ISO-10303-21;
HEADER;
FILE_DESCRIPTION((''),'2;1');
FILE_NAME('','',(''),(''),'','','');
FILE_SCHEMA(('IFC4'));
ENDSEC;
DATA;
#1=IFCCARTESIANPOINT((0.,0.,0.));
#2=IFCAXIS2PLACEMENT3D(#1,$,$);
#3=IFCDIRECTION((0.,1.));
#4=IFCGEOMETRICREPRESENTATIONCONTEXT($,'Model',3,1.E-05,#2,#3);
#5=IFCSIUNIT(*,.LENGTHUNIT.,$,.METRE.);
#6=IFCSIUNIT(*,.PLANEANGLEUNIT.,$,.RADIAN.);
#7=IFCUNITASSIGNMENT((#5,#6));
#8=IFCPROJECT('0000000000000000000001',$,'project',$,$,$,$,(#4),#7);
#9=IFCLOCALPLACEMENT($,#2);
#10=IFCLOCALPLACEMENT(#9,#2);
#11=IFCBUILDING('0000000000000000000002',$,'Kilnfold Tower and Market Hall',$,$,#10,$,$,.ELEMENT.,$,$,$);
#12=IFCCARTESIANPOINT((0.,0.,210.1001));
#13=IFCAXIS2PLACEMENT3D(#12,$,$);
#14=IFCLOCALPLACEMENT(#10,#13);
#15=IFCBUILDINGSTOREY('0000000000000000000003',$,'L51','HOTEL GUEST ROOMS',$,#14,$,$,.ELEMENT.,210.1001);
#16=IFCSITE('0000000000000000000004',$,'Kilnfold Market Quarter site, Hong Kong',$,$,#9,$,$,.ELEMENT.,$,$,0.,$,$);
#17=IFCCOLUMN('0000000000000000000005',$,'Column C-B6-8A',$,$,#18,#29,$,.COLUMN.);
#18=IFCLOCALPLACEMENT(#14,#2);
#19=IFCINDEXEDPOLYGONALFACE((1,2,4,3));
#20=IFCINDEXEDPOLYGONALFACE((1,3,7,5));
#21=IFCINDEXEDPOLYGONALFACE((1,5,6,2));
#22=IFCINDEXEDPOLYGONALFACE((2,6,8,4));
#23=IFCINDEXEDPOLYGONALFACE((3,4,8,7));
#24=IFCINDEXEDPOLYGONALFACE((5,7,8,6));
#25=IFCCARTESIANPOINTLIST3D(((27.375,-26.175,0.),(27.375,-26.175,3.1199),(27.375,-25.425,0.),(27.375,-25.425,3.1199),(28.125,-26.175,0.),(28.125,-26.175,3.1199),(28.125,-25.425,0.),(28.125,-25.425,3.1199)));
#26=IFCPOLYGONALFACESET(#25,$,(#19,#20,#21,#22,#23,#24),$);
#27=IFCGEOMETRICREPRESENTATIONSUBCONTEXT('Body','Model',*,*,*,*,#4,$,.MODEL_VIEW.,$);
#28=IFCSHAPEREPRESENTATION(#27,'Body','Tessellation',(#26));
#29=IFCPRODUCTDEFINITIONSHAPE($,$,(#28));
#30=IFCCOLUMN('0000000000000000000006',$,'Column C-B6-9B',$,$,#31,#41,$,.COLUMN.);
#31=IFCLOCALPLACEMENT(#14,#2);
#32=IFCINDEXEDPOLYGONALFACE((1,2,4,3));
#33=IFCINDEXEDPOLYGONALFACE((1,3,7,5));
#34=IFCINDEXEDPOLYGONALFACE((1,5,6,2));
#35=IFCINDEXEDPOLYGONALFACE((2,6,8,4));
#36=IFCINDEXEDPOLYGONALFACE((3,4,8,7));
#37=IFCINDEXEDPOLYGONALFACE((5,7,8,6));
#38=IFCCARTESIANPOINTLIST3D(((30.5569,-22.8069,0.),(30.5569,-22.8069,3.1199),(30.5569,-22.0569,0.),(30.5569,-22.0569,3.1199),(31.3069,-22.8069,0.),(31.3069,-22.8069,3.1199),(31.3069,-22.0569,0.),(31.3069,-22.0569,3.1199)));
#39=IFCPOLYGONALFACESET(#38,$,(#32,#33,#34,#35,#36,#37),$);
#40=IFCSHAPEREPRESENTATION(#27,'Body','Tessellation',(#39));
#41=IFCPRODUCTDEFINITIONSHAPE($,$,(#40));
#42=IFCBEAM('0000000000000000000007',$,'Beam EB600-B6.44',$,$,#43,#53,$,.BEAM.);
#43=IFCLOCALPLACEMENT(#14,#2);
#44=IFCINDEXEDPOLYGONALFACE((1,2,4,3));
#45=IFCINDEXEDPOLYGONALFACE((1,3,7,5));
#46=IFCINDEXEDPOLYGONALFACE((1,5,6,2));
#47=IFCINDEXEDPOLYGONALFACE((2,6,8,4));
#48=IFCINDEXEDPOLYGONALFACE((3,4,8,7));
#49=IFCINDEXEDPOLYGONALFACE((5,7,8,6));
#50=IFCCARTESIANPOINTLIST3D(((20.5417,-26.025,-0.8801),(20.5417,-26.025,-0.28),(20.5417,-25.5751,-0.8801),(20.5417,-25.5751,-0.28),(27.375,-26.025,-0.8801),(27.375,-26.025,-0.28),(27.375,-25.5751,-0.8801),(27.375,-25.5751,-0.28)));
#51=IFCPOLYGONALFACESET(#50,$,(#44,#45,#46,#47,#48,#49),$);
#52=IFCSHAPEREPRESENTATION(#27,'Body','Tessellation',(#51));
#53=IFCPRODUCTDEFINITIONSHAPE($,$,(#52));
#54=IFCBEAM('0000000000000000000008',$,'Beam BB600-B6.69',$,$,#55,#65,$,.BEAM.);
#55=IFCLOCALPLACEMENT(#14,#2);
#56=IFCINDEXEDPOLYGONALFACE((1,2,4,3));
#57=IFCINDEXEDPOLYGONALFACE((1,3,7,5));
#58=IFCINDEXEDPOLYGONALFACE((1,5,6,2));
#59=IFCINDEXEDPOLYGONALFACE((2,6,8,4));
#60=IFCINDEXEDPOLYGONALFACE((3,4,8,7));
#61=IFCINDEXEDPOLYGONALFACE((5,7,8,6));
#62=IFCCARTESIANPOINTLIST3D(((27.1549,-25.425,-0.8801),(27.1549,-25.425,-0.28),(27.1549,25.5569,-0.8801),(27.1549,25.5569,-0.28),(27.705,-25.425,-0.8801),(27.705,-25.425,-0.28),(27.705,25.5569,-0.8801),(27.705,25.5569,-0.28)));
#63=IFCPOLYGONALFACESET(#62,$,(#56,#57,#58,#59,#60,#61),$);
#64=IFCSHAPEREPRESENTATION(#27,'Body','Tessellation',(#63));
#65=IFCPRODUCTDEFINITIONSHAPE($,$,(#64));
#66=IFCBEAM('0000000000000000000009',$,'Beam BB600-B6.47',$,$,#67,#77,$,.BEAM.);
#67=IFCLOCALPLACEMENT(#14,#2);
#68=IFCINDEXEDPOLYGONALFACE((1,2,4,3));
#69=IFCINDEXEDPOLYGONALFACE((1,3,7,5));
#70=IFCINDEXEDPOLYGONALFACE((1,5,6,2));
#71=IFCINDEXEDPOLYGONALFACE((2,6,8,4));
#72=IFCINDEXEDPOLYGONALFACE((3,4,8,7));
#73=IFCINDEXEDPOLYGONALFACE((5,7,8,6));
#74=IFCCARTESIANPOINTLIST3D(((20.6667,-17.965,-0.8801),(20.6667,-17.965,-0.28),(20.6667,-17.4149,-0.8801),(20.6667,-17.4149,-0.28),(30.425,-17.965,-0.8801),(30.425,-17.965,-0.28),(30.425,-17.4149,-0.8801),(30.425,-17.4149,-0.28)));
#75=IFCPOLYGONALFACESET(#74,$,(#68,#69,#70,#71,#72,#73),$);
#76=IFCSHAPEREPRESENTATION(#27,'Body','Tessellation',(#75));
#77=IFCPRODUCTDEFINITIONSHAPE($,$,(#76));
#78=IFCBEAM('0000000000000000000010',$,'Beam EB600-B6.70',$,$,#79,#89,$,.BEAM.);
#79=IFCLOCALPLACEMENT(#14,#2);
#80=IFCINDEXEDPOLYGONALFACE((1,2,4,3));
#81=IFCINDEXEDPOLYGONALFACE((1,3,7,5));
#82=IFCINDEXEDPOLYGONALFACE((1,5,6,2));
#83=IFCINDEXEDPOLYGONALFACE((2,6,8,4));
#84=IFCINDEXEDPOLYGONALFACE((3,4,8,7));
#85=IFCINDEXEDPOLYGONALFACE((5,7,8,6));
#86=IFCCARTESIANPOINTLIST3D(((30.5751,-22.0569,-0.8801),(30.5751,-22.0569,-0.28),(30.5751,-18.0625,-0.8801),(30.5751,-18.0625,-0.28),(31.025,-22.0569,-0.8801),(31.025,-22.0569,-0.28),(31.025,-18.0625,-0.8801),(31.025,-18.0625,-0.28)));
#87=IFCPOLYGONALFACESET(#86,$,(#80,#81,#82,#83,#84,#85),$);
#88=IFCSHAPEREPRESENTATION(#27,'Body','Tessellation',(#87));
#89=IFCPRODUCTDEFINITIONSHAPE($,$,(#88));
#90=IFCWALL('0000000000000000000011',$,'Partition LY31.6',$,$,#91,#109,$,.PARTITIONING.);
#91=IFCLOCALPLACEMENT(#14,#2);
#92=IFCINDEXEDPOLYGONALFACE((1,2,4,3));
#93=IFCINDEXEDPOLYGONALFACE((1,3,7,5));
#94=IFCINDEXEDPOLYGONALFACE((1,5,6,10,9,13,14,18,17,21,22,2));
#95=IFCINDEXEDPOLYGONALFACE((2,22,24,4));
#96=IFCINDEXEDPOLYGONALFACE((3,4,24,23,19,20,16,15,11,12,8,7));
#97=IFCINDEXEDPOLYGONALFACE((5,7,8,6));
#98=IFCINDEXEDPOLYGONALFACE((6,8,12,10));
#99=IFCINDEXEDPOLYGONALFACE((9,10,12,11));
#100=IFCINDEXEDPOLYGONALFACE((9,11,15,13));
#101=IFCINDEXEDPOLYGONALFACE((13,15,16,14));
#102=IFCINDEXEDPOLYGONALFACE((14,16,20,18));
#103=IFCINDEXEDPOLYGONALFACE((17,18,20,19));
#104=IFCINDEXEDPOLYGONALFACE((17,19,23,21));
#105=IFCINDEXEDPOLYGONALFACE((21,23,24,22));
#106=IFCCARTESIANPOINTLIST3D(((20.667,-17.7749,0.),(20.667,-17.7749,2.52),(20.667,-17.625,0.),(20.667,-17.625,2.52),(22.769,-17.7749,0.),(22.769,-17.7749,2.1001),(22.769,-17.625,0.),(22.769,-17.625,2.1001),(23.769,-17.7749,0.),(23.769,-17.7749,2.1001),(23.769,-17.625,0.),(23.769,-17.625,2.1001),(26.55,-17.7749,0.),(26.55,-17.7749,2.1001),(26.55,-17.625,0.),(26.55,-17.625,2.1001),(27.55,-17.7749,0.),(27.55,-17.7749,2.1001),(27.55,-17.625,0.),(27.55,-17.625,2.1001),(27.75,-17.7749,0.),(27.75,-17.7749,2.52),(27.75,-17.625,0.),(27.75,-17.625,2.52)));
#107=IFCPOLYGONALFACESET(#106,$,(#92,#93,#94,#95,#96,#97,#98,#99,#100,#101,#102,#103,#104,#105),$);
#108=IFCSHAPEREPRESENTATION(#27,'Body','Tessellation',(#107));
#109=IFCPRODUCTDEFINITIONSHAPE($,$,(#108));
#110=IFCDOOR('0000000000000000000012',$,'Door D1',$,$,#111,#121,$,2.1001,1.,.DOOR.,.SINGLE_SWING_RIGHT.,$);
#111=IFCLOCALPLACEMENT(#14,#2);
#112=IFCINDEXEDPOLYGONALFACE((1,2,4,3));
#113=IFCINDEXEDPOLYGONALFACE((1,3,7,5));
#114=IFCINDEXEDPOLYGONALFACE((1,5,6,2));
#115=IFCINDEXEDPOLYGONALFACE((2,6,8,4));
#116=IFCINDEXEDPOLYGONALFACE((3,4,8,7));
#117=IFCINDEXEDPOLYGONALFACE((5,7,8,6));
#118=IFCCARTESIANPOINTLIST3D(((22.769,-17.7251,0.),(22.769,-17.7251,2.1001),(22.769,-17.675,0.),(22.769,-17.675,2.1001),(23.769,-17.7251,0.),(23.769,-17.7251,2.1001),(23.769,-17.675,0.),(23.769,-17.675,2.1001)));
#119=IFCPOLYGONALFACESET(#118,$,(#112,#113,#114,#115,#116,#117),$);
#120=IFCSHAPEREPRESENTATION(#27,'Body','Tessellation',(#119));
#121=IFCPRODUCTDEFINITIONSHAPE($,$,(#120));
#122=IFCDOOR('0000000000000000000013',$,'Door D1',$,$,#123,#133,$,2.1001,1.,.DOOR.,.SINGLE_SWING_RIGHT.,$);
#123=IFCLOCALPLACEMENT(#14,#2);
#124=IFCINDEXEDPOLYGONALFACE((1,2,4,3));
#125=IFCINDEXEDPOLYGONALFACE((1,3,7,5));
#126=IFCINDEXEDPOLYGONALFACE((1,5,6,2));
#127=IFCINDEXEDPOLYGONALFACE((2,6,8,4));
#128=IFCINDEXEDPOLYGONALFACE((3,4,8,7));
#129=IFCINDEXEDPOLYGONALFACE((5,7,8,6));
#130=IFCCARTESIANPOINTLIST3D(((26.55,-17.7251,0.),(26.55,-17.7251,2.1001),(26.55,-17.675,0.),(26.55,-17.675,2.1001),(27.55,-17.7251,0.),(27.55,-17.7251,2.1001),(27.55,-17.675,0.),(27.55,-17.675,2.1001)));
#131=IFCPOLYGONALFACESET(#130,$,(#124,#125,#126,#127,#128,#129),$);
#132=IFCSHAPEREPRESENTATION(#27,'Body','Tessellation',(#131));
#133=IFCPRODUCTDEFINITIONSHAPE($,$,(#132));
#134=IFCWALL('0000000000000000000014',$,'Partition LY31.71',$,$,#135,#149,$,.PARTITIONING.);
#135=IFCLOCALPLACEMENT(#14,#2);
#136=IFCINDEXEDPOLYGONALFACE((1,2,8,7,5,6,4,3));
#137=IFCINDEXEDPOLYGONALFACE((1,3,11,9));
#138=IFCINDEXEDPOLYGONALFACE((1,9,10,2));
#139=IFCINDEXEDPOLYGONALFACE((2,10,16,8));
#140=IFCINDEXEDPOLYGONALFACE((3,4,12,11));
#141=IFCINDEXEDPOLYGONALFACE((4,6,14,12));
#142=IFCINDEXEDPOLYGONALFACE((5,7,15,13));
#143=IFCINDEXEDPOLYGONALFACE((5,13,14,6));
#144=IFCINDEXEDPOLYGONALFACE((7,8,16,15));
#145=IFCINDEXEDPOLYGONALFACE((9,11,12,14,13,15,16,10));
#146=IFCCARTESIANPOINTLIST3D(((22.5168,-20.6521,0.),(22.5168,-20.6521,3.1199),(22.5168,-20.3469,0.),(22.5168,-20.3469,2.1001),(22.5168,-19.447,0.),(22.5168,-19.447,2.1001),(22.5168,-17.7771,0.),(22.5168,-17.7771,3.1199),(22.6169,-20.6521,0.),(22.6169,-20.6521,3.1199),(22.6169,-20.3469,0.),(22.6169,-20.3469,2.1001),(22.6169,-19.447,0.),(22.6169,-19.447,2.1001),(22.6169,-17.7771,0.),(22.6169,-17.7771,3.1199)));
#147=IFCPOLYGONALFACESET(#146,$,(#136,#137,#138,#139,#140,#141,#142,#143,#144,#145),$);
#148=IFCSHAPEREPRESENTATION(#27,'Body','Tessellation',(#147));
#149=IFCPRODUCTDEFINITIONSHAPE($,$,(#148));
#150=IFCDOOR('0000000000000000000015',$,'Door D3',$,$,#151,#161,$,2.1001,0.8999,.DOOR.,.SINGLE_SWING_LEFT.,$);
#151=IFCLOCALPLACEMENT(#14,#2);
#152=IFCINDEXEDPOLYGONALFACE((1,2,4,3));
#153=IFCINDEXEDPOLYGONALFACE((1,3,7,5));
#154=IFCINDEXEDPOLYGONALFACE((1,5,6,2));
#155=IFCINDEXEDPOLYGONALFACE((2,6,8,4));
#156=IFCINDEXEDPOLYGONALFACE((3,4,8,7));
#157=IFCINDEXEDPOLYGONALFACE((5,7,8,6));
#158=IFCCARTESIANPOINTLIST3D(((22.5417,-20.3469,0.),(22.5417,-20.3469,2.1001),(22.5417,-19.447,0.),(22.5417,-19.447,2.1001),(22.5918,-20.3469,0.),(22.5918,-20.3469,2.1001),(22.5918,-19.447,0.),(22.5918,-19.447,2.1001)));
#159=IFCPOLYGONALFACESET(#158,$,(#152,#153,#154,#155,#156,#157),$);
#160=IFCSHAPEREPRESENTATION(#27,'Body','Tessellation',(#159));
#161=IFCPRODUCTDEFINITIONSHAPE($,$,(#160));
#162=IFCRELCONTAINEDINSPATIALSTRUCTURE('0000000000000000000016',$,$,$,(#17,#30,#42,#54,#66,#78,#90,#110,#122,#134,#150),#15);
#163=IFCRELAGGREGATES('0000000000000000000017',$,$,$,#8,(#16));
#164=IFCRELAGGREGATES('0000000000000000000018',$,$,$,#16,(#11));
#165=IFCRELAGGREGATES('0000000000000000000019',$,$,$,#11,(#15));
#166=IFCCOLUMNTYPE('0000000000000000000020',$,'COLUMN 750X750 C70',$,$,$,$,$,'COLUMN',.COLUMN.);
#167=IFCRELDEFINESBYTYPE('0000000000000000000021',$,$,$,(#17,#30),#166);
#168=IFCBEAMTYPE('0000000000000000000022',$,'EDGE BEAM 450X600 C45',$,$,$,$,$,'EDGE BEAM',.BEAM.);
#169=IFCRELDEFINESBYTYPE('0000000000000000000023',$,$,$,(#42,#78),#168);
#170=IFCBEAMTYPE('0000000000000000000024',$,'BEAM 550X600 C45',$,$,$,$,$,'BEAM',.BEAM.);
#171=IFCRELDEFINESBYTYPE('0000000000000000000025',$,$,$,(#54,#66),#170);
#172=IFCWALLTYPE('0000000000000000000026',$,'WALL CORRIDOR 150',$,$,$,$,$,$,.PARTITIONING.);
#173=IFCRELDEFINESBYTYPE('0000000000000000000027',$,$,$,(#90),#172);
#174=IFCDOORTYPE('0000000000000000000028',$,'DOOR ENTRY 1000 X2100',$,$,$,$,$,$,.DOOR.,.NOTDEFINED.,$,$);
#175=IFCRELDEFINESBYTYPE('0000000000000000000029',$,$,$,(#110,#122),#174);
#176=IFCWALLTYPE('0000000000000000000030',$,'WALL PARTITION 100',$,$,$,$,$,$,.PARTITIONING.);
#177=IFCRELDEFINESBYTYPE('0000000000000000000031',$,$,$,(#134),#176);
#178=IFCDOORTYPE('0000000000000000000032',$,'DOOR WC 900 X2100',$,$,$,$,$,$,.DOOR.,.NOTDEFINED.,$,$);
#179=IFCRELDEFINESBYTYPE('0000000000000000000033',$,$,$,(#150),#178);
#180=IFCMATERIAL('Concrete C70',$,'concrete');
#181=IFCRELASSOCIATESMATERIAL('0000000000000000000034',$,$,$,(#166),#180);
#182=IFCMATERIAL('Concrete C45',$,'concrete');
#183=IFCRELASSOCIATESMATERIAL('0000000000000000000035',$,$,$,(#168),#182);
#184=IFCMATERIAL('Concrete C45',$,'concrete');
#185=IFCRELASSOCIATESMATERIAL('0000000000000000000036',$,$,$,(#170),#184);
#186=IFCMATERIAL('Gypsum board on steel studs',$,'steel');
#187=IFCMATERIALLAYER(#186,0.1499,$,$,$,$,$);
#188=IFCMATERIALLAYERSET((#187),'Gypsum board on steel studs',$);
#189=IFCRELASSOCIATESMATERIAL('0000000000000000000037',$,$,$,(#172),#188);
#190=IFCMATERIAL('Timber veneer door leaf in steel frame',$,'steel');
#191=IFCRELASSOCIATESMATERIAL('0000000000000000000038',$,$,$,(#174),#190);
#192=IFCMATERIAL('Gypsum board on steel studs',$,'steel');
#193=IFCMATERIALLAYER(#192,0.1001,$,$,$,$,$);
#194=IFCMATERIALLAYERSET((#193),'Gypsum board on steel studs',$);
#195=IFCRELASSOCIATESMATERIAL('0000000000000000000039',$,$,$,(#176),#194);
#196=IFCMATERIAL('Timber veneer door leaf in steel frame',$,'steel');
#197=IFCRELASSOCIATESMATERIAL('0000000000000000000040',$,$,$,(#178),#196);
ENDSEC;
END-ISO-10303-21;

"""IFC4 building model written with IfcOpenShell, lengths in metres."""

from ifc_helpers import new_model, si_unit, direction, frame, frame_2d, origin, origin_2d, place, context, subcontext, project, spatial, rectangle, extrude, source, transform, mapped, material, layer, layer_set, material_profile, profile_set, type_object, element, fill, save


model = new_model("IFC4")

# Units and contexts
model_context = context("Model", 3, precision=1e-05, world=origin(), true_north=direction((0.0, 1.0)))
body_context = subcontext(model_context, "Body", "Model", "MODEL_VIEW")
ifc_project = project(units=[si_unit("LENGTHUNIT", "METRE"), si_unit("PLANEANGLEUNIT", "RADIAN")], contexts=[model_context])

# Site, building, storey
site_placement = place(None, origin())
site = spatial("IfcSite", under=ifc_project, at=site_placement, Name="Kilnfold Market Quarter site, Hong Kong", CompositionType="ELEMENT", RefElevation=0.0)
building_placement = place(site_placement, origin())
building = spatial("IfcBuilding", under=site, at=building_placement, Name="Kilnfold Tower and Market Hall", CompositionType="ELEMENT")
storey_placement = place(building_placement, frame((0.0, 0.0, 210.1001)))
storey = spatial("IfcBuildingStorey", under=building, at=storey_placement, Name="L51", Description="HOTEL GUEST ROOMS", CompositionType="ELEMENT", Elevation=210.1001)

# Columns
ifc_material_1 = material(Name="Concrete C70", Category="concrete")
ifc_material_profile_1 = material_profile(ifc_material_1, rectangle(XDim=0.75, YDim=0.75, at=origin_2d()), Name="RC 750x750")
ifc_profile_set_1 = profile_set([ifc_material_profile_1], Name="Concrete C70")
column_type = type_object("IfcColumnType", Name="COLUMN 750X750 C70", ElementType="COLUMN", PredefinedType="COLUMN", material=ifc_profile_set_1)
shared_shape_1 = source(origin(), body_context, "Body", "SweptSolid", [
    extrude(rectangle(XDim=0.75, YDim=0.75, at=origin_2d()), origin(), (0.0, 0.0, 1.0), 3.1199),
])
for number, where, z_axis, x_axis, name in (
    (1, (27.75, -25.8, 0.0), (0.0, 0.0, 1.0), (1.0, 0.0, 0.0), "Column C-B6-8A"),
    (2, (30.9319, -22.4319, 0.0), (0.0, 0.0, 1.0), (1.0, 0.0, 0.0), "Column C-B6-9B"),
):
    element("IfcColumn", number, at=place(storey_placement, frame(where, z_axis=z_axis, x_axis=x_axis)), inside=storey, type_object=column_type, Name=name, PredefinedType="COLUMN", context=body_context, shape_type="MappedRepresentation", body=[
        mapped(shared_shape_1, transform((0.0, 0.0, 0.0))),
    ])

# Beams
ifc_material_2 = material(Name="Concrete C45", Category="concrete")
ifc_material_profile_2 = material_profile(ifc_material_2, rectangle(XDim=0.45, YDim=0.6001, at=origin_2d()), Name="RC 450x600")
ifc_profile_set_2 = profile_set([ifc_material_profile_2], Name="Concrete C45")
beam_type_1 = type_object("IfcBeamType", Name="EDGE BEAM 450X600 C45", ElementType="EDGE BEAM", PredefinedType="BEAM", material=ifc_profile_set_2)
shared_shape_2 = source(origin(), body_context, "Body", "SweptSolid", [
    extrude(rectangle(XDim=0.45, YDim=0.6001, at=origin_2d()), origin(), (0.0, 0.0, 1.0), 6.8333),
])
beam_1_placement = place(storey_placement, frame((20.5417, -25.8, -0.5801), z_axis=(1.0, 0.0, 0.0), x_axis=(0.0, 1.0, 0.0)))
element("IfcBeam", 3, at=beam_1_placement, inside=storey, type_object=beam_type_1, Name="Beam EB600-B6.44", PredefinedType="BEAM", context=body_context, shape_type="MappedRepresentation", body=[
    mapped(shared_shape_2, transform((0.0, 0.0, 0.0))),
])
ifc_material_3 = material(Name="Concrete C45", Category="concrete")
ifc_material_profile_3 = material_profile(ifc_material_3, rectangle(XDim=0.55, YDim=0.6001, at=origin_2d()), Name="RC 550x600")
ifc_profile_set_3 = profile_set([ifc_material_profile_3], Name="Concrete C45")
beam_type_2 = type_object("IfcBeamType", Name="BEAM 550X600 C45", ElementType="BEAM", PredefinedType="BEAM", material=ifc_profile_set_3)
shared_shape_3 = source(origin(), body_context, "Body", "SweptSolid", [
    extrude(rectangle(XDim=0.55, YDim=0.6001, at=origin_2d()), origin(), (0.0, 0.0, 1.0), 50.9819),
])
beam_2_placement = place(storey_placement, frame((27.4299, -25.425, -0.5801), z_axis=(0.0, 1.0, 0.0), x_axis=(-1.0, 0.0, 0.0)))
element("IfcBeam", 4, at=beam_2_placement, inside=storey, type_object=beam_type_2, Name="Beam BB600-B6.69", PredefinedType="BEAM", context=body_context, shape_type="MappedRepresentation", body=[
    mapped(shared_shape_3, transform((0.0, 0.0, 0.0))),
])
shared_shape_4 = source(origin(), body_context, "Body", "SweptSolid", [
    extrude(rectangle(XDim=0.55, YDim=0.6001, at=origin_2d()), origin(), (0.0, 0.0, 1.0), 9.7583),
])
beam_3_placement = place(storey_placement, frame((20.6667, -17.6899, -0.5801), z_axis=(1.0, 0.0, 0.0), x_axis=(0.0, 1.0, 0.0)))
element("IfcBeam", 5, at=beam_3_placement, inside=storey, type_object=beam_type_2, Name="Beam BB600-B6.47", PredefinedType="BEAM", context=body_context, shape_type="MappedRepresentation", body=[
    mapped(shared_shape_4, transform((0.0, 0.0, 0.0))),
])
shared_shape_5 = source(origin(), body_context, "Body", "SweptSolid", [
    extrude(rectangle(XDim=0.45, YDim=0.6001, at=origin_2d()), origin(), (0.0, 0.0, 1.0), 3.9944),
])
beam_4_placement = place(storey_placement, frame((30.8, -22.0569, -0.5801), z_axis=(0.0, 1.0, 0.0), x_axis=(-1.0, 0.0, 0.0)))
element("IfcBeam", 6, at=beam_4_placement, inside=storey, type_object=beam_type_1, Name="Beam EB600-B6.70", PredefinedType="BEAM", context=body_context, shape_type="MappedRepresentation", body=[
    mapped(shared_shape_5, transform((0.0, 0.0, 0.0))),
])

# Wall, openings, doors
ifc_material_4 = material(Name="Gypsum board on steel studs", Category="steel")
ifc_layer_1 = layer(ifc_material_4, 0.1499)
ifc_layer_set_1 = layer_set([ifc_layer_1], Name="Gypsum board on steel studs")
wall_type_1 = type_object("IfcWallType", Name="WALL CORRIDOR 150", PredefinedType="PARTITIONING", material=ifc_layer_set_1)
wall_1_placement = place(storey_placement, frame((20.667, -17.7, 0.0), z_axis=(0.0, 0.0, 1.0), x_axis=(1.0, 0.0, 0.0)))
wall_1 = element("IfcWall", 7, at=wall_1_placement, inside=storey, type_object=wall_type_1, Name="Partition LY31.6", PredefinedType="PARTITIONING", context=body_context, shape_type="SweptSolid", body=[
    extrude(rectangle(XDim=7.083, YDim=0.1499, at=frame_2d((3.5415, 0.0))), origin(), (0.0, 0.0, 1.0), 2.52),
])
opening_1_placement = place(wall_1_placement, frame((2.1021, 0.0, 0.0)))
opening_1 = element("IfcOpeningElement", 8, at=opening_1_placement, cuts=wall_1, PredefinedType="OPENING", context=body_context, shape_type="SweptSolid", body=[
    extrude(rectangle(XDim=1.0, YDim=2.1001, at=frame_2d((0.5, 1.05))), frame((0.0, 0.085, 0.0), z_axis=(0.0, -1.0, 0.0), x_axis=(1.0, 0.0, 0.0)), (0.0, 0.0, 1.0), 0.1699),
])
opening_2_placement = place(wall_1_placement, frame((5.8831, 0.0, 0.0)))
opening_2 = element("IfcOpeningElement", 9, at=opening_2_placement, cuts=wall_1, PredefinedType="OPENING", context=body_context, shape_type="SweptSolid", body=[
    extrude(rectangle(XDim=1.0, YDim=2.1001, at=frame_2d((0.5, 1.05))), frame((0.0, 0.085, 0.0), z_axis=(0.0, -1.0, 0.0), x_axis=(1.0, 0.0, 0.0)), (0.0, 0.0, 1.0), 0.1699),
])
ifc_material_5 = material(Name="Timber veneer door leaf in steel frame", Category="steel")
door_type_1 = type_object("IfcDoorType", Name="DOOR ENTRY 1000 X2100", OperationType="NOTDEFINED", PredefinedType="DOOR", material=ifc_material_5)
door_1_placement = place(opening_1_placement, origin())
door_1 = element("IfcDoor", 10, at=door_1_placement, inside=storey, type_object=door_type_1, Name="Door D1", OperationType="SINGLE_SWING_RIGHT", OverallHeight=2.1001, OverallWidth=1.0, PredefinedType="DOOR", context=body_context, shape_type="SweptSolid", body=[
    extrude(rectangle(XDim=1.0, YDim=2.1001, at=frame_2d((0.5, 1.05))), frame((0.0, 0.0249, 0.0), z_axis=(0.0, -1.0, 0.0), x_axis=(1.0, 0.0, 0.0)), (0.0, 0.0, 1.0), 0.05),
])
fill(opening_1, door_1)
door_2_placement = place(opening_2_placement, origin())
door_2 = element("IfcDoor", 11, at=door_2_placement, inside=storey, type_object=door_type_1, Name="Door D1", OperationType="SINGLE_SWING_RIGHT", OverallHeight=2.1001, OverallWidth=1.0, PredefinedType="DOOR", context=body_context, shape_type="SweptSolid", body=[
    extrude(rectangle(XDim=1.0, YDim=2.1001, at=frame_2d((0.5, 1.05))), frame((0.0, 0.0249, 0.0), z_axis=(0.0, -1.0, 0.0), x_axis=(1.0, 0.0, 0.0)), (0.0, 0.0, 1.0), 0.05),
])
fill(opening_2, door_2)

# Wall, opening, door
ifc_material_6 = material(Name="Gypsum board on steel studs", Category="steel")
ifc_layer_2 = layer(ifc_material_6, 0.1001)
ifc_layer_set_2 = layer_set([ifc_layer_2], Name="Gypsum board on steel studs")
wall_type_2 = type_object("IfcWallType", Name="WALL PARTITION 100", PredefinedType="PARTITIONING", material=ifc_layer_set_2)
wall_2_placement = place(storey_placement, frame((22.5669, -17.7771, 0.0), z_axis=(0.0, 0.0, 1.0), x_axis=(0.0, -1.0, 0.0)))
wall_2 = element("IfcWall", 12, at=wall_2_placement, inside=storey, type_object=wall_type_2, Name="Partition LY31.71", PredefinedType="PARTITIONING", context=body_context, shape_type="SweptSolid", body=[
    extrude(rectangle(XDim=2.875, YDim=0.1001, at=frame_2d((1.4375, 0.0))), origin(), (0.0, 0.0, 1.0), 3.1199),
])
opening_3_placement = place(wall_2_placement, frame((1.6699, 0.0, 0.0)))
opening_3 = element("IfcOpeningElement", 13, at=opening_3_placement, cuts=wall_2, PredefinedType="OPENING", context=body_context, shape_type="SweptSolid", body=[
    extrude(rectangle(XDim=0.8999, YDim=2.1001, at=frame_2d((0.45, 1.05))), frame((0.0, 0.0601, 0.0), z_axis=(0.0, -1.0, 0.0), x_axis=(1.0, 0.0, 0.0)), (0.0, 0.0, 1.0), 0.1201),
])
ifc_material_7 = material(Name="Timber veneer door leaf in steel frame", Category="steel")
door_type_2 = type_object("IfcDoorType", Name="DOOR WC 900 X2100", OperationType="NOTDEFINED", PredefinedType="DOOR", material=ifc_material_7)
door_3_placement = place(opening_3_placement, origin())
door_3 = element("IfcDoor", 14, at=door_3_placement, inside=storey, type_object=door_type_2, Name="Door D3", OperationType="SINGLE_SWING_LEFT", OverallHeight=2.1001, OverallWidth=0.8999, PredefinedType="DOOR", context=body_context, shape_type="SweptSolid", body=[
    extrude(rectangle(XDim=0.8999, YDim=2.1001, at=frame_2d((0.45, 1.05))), frame((0.0, 0.0249, 0.0), z_axis=(0.0, -1.0, 0.0), x_axis=(1.0, 0.0, 0.0)), (0.0, 0.0, 1.0), 0.05),
])
fill(opening_3, door_3)

save(model, "model.ifc")
